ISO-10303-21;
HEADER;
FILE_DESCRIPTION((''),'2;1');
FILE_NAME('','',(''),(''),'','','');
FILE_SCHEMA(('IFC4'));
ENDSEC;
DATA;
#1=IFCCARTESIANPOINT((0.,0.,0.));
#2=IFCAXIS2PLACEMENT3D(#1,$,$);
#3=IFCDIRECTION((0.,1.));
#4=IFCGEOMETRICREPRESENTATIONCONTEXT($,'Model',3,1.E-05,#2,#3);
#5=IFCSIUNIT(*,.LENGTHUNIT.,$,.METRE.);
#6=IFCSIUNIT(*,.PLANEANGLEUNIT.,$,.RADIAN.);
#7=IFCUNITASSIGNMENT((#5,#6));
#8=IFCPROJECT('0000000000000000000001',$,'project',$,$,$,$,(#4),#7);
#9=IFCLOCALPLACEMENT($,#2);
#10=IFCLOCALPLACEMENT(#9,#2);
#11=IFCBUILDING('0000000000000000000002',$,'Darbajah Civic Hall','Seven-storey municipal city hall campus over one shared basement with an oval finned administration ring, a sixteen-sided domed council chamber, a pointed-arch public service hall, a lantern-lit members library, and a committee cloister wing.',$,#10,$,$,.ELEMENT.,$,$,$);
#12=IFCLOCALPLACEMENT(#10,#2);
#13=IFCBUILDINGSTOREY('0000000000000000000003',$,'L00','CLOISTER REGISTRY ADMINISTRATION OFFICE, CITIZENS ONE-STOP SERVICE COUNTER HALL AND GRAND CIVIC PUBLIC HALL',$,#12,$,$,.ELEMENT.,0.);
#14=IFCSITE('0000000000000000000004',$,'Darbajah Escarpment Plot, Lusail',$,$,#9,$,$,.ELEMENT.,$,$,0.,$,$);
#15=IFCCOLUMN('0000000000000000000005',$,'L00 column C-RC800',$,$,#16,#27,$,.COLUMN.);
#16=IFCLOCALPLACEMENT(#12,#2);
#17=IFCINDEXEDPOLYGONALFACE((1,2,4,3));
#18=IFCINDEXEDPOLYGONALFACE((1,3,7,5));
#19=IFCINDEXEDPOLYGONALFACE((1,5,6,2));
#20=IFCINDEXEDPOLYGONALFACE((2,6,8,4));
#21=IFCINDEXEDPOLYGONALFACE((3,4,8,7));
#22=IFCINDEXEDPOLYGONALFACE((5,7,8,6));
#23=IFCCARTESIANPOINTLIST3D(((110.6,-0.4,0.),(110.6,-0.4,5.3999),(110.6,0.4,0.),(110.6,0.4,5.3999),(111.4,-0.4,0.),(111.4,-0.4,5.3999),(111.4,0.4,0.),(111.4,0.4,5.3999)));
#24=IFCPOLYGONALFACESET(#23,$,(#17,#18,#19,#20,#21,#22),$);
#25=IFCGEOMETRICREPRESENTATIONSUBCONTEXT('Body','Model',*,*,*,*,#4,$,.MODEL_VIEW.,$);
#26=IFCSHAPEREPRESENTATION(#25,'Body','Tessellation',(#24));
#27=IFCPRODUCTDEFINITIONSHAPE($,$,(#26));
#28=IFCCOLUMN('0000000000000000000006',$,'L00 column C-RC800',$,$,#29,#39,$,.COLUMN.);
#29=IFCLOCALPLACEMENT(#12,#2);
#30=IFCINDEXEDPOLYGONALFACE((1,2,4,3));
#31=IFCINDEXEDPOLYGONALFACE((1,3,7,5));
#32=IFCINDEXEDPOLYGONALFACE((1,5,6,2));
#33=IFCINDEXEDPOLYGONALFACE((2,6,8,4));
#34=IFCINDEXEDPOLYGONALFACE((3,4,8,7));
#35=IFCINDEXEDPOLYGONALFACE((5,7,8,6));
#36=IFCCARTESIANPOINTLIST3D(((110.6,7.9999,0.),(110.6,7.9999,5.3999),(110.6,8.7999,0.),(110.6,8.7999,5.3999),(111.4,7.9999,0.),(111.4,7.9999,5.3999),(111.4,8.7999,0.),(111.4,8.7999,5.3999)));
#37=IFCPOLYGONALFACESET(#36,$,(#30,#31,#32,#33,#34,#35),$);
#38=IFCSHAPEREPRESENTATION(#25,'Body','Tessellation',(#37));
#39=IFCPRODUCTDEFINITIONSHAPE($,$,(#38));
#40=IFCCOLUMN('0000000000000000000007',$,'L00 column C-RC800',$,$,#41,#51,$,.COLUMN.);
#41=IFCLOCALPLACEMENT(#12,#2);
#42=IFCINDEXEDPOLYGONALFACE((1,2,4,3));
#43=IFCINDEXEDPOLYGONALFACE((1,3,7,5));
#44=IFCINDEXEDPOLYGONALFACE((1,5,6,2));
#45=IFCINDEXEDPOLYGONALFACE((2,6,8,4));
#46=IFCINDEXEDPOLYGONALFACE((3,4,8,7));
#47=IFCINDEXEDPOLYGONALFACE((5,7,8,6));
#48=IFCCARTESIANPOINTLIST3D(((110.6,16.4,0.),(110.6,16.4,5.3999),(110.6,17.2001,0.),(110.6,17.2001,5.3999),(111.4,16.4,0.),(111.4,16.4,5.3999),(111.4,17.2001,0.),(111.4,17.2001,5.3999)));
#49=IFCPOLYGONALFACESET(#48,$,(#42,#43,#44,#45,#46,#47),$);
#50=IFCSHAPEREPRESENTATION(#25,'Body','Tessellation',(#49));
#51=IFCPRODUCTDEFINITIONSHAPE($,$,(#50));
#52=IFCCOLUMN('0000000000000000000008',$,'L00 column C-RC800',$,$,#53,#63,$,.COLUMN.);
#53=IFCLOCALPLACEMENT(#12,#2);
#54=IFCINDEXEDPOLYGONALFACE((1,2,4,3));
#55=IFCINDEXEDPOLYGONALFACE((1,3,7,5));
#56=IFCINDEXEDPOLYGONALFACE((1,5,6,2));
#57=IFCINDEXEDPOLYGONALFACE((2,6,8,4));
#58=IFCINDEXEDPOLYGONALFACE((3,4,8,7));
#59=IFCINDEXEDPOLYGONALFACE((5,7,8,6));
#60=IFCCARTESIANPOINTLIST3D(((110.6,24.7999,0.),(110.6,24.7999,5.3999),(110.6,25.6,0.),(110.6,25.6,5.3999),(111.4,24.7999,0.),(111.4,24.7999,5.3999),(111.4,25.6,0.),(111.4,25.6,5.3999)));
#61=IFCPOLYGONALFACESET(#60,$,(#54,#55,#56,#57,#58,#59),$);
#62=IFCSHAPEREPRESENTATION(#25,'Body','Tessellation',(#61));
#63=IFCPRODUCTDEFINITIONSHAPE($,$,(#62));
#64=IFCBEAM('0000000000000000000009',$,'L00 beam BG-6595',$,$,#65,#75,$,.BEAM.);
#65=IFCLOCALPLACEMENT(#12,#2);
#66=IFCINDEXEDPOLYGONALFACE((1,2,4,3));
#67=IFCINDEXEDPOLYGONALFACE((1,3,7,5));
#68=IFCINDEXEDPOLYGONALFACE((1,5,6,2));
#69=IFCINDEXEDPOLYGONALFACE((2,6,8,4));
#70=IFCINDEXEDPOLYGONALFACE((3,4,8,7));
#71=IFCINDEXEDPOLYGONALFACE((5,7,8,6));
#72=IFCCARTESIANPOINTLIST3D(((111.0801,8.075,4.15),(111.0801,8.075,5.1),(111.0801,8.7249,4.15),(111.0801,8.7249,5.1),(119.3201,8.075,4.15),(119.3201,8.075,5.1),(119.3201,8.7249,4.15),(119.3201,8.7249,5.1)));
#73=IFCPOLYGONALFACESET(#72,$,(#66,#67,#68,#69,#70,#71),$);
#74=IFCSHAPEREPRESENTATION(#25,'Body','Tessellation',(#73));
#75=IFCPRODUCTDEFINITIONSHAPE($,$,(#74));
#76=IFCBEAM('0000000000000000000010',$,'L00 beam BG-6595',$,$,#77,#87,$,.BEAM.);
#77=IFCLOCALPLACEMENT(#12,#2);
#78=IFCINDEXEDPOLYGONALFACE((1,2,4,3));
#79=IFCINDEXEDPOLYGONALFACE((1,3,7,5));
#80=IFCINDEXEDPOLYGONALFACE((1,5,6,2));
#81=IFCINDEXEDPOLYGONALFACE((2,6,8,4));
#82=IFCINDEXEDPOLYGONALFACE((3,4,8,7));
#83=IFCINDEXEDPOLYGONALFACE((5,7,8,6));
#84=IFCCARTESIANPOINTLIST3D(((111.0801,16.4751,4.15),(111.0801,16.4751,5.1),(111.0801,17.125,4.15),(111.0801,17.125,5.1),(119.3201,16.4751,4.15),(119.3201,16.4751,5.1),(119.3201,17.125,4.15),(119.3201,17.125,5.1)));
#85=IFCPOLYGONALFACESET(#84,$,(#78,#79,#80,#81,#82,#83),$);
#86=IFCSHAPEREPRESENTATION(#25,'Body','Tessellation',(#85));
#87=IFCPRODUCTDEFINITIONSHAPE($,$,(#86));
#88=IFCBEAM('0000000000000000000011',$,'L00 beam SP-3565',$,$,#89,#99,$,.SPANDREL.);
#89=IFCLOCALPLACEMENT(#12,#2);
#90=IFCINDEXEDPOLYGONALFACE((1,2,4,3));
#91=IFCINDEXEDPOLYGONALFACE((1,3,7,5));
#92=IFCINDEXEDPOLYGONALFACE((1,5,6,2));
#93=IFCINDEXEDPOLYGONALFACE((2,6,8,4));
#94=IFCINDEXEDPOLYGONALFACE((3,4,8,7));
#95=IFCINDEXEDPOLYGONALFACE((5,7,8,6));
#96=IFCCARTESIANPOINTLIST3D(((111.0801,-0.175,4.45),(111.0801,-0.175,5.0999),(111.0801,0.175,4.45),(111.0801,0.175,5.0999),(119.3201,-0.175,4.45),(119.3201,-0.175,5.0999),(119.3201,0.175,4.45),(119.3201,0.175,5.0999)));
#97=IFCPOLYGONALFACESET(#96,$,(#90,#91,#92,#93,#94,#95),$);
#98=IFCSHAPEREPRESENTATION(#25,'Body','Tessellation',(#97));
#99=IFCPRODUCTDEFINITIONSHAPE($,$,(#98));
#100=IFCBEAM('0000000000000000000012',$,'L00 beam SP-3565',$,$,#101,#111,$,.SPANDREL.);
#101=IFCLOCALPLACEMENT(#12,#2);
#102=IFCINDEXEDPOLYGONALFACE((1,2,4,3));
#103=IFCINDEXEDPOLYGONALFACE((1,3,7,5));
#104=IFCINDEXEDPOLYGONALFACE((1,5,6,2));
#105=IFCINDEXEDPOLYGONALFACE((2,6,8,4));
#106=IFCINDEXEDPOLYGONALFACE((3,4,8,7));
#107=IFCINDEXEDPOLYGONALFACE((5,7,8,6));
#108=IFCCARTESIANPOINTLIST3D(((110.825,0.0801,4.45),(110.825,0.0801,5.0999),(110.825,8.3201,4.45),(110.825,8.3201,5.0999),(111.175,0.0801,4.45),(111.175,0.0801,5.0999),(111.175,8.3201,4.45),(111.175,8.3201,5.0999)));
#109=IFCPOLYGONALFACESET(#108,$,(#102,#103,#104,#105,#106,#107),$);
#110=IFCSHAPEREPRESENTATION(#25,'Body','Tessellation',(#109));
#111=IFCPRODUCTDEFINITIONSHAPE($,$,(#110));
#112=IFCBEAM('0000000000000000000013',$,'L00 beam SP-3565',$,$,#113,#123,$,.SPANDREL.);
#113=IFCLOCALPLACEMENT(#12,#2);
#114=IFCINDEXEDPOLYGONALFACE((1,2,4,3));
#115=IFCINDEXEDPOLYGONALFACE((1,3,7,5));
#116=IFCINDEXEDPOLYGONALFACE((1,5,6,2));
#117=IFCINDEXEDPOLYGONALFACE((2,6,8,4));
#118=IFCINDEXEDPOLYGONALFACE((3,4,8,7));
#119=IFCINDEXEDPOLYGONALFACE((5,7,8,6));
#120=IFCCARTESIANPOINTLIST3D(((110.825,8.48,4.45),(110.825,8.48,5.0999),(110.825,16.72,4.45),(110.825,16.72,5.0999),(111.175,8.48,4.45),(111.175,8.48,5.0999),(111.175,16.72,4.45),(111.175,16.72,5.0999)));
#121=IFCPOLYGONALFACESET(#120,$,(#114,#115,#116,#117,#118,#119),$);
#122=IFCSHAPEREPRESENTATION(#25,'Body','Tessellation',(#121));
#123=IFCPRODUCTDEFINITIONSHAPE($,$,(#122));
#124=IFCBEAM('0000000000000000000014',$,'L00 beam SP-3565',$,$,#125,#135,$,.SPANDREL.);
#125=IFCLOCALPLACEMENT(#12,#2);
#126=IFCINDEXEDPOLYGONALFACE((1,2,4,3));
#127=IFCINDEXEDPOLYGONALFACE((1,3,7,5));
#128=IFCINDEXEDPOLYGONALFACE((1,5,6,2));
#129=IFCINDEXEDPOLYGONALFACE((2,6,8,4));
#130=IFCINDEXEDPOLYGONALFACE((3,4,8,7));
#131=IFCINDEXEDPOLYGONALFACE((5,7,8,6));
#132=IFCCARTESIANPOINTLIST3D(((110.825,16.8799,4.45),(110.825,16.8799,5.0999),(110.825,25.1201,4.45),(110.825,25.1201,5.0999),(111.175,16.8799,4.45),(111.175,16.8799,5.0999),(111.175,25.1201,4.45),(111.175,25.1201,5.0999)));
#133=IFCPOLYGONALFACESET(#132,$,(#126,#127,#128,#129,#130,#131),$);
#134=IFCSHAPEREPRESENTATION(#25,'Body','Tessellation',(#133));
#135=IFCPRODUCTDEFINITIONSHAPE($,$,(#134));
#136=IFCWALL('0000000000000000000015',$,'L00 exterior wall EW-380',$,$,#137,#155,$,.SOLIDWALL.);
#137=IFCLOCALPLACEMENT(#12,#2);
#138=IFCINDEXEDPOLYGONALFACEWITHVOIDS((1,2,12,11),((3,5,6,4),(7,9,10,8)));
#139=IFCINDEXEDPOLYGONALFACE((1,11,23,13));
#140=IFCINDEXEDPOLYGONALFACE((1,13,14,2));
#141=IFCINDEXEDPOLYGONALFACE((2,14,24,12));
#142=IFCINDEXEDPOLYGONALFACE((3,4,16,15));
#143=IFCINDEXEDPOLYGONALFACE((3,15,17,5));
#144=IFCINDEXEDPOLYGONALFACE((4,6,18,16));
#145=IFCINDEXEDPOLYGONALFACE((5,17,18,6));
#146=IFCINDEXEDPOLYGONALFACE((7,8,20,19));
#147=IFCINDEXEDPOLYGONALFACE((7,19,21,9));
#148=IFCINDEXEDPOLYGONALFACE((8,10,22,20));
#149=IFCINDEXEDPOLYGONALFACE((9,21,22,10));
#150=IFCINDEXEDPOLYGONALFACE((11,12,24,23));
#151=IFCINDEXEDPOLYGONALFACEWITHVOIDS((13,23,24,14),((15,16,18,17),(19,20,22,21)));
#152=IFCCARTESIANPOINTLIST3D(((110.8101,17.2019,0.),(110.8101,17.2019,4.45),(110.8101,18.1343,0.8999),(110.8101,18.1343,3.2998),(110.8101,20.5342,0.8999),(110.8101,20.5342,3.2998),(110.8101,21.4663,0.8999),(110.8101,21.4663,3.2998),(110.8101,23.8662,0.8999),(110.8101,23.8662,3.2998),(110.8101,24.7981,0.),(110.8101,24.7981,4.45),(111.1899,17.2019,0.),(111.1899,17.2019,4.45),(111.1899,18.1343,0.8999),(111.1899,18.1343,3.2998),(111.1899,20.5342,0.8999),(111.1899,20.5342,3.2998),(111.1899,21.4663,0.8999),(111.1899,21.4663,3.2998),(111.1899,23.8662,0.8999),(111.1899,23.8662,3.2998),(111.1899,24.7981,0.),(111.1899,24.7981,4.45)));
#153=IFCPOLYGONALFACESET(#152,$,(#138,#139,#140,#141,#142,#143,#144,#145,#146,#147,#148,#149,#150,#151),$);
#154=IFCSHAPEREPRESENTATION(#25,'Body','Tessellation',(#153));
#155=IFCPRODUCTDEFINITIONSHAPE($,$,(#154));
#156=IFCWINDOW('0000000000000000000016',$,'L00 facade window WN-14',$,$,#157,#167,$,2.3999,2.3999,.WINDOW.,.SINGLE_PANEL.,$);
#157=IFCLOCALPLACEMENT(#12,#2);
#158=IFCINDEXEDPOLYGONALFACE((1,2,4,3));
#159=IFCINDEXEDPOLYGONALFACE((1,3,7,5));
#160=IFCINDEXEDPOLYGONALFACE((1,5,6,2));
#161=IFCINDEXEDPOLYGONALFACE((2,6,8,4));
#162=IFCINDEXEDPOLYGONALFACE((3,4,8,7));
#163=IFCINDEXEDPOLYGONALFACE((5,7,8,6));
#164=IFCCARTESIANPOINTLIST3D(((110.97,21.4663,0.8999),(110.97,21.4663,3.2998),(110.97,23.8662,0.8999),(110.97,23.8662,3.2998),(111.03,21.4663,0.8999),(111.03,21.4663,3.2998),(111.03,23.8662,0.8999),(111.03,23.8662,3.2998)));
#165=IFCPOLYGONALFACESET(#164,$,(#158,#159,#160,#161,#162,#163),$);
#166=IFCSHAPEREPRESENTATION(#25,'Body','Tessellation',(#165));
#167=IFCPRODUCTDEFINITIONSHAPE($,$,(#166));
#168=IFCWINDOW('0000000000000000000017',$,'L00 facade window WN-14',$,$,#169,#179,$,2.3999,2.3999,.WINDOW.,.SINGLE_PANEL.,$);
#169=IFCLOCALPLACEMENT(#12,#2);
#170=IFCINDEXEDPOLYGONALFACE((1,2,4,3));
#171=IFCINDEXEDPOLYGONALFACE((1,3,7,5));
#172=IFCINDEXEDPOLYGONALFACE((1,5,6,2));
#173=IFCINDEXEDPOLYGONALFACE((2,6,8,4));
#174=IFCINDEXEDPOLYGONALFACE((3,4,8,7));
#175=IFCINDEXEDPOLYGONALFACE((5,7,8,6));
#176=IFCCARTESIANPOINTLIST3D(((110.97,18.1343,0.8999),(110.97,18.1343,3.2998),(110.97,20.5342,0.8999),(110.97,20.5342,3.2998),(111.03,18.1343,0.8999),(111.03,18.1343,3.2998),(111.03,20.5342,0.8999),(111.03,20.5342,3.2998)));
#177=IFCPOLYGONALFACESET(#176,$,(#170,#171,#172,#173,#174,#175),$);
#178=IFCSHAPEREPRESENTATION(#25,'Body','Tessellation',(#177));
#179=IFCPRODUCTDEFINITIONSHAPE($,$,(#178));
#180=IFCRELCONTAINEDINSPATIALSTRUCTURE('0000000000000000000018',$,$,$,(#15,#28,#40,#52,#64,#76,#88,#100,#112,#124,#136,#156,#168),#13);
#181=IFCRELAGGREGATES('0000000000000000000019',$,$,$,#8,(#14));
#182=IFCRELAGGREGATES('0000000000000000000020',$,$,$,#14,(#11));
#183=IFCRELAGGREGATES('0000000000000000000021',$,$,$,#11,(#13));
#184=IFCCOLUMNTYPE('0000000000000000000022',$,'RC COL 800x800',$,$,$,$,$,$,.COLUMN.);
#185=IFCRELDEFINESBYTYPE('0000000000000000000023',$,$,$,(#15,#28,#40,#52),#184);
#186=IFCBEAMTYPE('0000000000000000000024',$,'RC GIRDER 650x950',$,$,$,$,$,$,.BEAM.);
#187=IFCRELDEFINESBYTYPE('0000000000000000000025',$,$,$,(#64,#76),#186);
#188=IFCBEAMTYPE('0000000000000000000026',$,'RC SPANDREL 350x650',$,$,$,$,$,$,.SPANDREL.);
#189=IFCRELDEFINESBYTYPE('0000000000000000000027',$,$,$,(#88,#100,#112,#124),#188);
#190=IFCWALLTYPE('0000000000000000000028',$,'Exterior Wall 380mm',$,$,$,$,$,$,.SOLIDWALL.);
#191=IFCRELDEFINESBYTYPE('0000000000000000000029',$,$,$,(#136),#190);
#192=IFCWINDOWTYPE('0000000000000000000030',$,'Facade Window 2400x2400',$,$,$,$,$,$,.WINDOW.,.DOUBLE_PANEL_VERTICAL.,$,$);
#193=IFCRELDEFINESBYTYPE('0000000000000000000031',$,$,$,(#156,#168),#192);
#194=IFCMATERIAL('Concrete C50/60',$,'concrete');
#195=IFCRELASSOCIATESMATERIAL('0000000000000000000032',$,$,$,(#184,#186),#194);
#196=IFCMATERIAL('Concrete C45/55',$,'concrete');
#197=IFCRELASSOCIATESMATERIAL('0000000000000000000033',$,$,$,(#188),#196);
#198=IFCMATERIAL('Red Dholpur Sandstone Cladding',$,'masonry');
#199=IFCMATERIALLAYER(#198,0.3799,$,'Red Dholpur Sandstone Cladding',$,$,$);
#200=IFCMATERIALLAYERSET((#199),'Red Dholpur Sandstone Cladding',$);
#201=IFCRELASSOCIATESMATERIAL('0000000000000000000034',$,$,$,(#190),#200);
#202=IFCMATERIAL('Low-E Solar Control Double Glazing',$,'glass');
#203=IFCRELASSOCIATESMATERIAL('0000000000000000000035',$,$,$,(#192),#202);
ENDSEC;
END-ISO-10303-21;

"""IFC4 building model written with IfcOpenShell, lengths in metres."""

from ifc_helpers import new_model, si_unit, direction, frame, frame_2d, origin, origin_2d, place, context, subcontext, project, spatial, rectangle, extrude, material, layer, layer_set, material_profile, profile_set, type_object, element, fill, save


model = new_model("IFC4")

# Units and contexts
model_context = context("Model", 3, precision=1e-05, world=origin(), true_north=direction((0.0, 1.0)))
body_context = subcontext(model_context, "Body", "Model", "MODEL_VIEW")
ifc_project = project(units=[si_unit("LENGTHUNIT", "METRE"), si_unit("PLANEANGLEUNIT", "RADIAN")], contexts=[model_context])

# Site, building, storey
site_placement = place(None, origin())
site = spatial("IfcSite", under=ifc_project, at=site_placement, Name="Darbajah Escarpment Plot, Lusail", CompositionType="ELEMENT", RefElevation=0.0)
building_placement = place(site_placement, origin())
building = spatial("IfcBuilding", under=site, at=building_placement, Name="Darbajah Civic Hall", Description="Seven-storey municipal city hall campus over one shared basement with an oval finned administration ring, a sixteen-sided domed council chamber, a pointed-arch public service hall, a lantern-lit members library, and a committee cloister wing.", CompositionType="ELEMENT")
storey_placement = place(building_placement, origin())
storey = spatial("IfcBuildingStorey", under=building, at=storey_placement, Name="L00", Description="CLOISTER REGISTRY ADMINISTRATION OFFICE, CITIZENS ONE-STOP SERVICE COUNTER HALL AND GRAND CIVIC PUBLIC HALL", CompositionType="ELEMENT", Elevation=0.0)

# Columns
ifc_material_1 = material(Name="Concrete C50/60", Category="concrete")
ifc_material_profile_1 = material_profile(ifc_material_1, rectangle(XDim=0.8, YDim=0.8, at=origin_2d()), Name="RC COL 800x800")
ifc_profile_set_1 = profile_set([ifc_material_profile_1], Name="Concrete C50/60")
column_type = type_object("IfcColumnType", Name="RC COL 800x800", PredefinedType="COLUMN", material=ifc_profile_set_1)
for number, where, z_axis, x_axis, name in (
    (1, (111.0, 0.0, 0.0), (0.0, 0.0, 1.0), (1.0, 0.0, 0.0), "L00 column C-RC800"),
    (2, (111.0, 8.3999, 0.0), (0.0, 0.0, 1.0), (1.0, 0.0, 0.0), "L00 column C-RC800"),
    (3, (111.0, 16.8, 0.0), (0.0, 0.0, 1.0), (1.0, 0.0, 0.0), "L00 column C-RC800"),
    (4, (111.0, 25.2, 0.0), (0.0, 0.0, 1.0), (1.0, 0.0, 0.0), "L00 column C-RC800"),
):
    element("IfcColumn", number, at=place(storey_placement, frame(where, z_axis=z_axis, x_axis=x_axis)), inside=storey, type_object=column_type, Name=name, PredefinedType="COLUMN", context=body_context, shape_type="SweptSolid", body=[
        extrude(rectangle(XDim=0.8, YDim=0.8, at=origin_2d()), origin(), (0.0, 0.0, 1.0), 5.3999),
    ])

# Beams
ifc_material_profile_2 = material_profile(ifc_material_1, rectangle(XDim=0.6499, YDim=0.95, at=origin_2d()), Name="RC GIRDER 650x950")
ifc_profile_set_2 = profile_set([ifc_material_profile_2], Name="Concrete C50/60")
beam_type_1 = type_object("IfcBeamType", Name="RC GIRDER 650x950", PredefinedType="BEAM", material=ifc_profile_set_2)
for number, where, z_axis, x_axis, name in (
    (5, (111.0801, 8.3999, 4.625), (1.0, 0.0, 0.0), (0.0, 1.0, 0.0), "L00 beam BG-6595"),
    (6, (111.0801, 16.8, 4.625), (1.0, 0.0, 0.0), (0.0, 1.0, 0.0), "L00 beam BG-6595"),
):
    element("IfcBeam", number, at=place(storey_placement, frame(where, z_axis=z_axis, x_axis=x_axis)), inside=storey, type_object=beam_type_1, Name=name, PredefinedType="BEAM", context=body_context, shape_type="SweptSolid", body=[
        extrude(rectangle(XDim=0.6499, YDim=0.95, at=origin_2d()), origin(), (0.0, 0.0, 1.0), 8.24),
    ])
ifc_material_2 = material(Name="Concrete C45/55", Category="concrete")
ifc_material_profile_3 = material_profile(ifc_material_2, rectangle(XDim=0.3501, YDim=0.6499, at=origin_2d()), Name="RC SPANDREL 350x650")
ifc_profile_set_3 = profile_set([ifc_material_profile_3], Name="Concrete C45/55")
beam_type_2 = type_object("IfcBeamType", Name="RC SPANDREL 350x650", PredefinedType="SPANDREL", material=ifc_profile_set_3)
for number, where, z_axis, x_axis, name in (
    (7, (111.0801, 0.0, 4.7749), (1.0, 0.0, 0.0), (0.0, 1.0, 0.0), "L00 beam SP-3565"),
    (8, (111.0, 0.0801, 4.7749), (0.0, 1.0, 0.0), (-1.0, 0.0, 0.0), "L00 beam SP-3565"),
    (9, (111.0, 8.48, 4.7749), (0.0, 1.0, 0.0), (-1.0, 0.0, 0.0), "L00 beam SP-3565"),
):
    element("IfcBeam", number, at=place(storey_placement, frame(where, z_axis=z_axis, x_axis=x_axis)), inside=storey, type_object=beam_type_2, Name=name, PredefinedType="SPANDREL", context=body_context, shape_type="SweptSolid", body=[
        extrude(rectangle(XDim=0.3501, YDim=0.6499, at=origin_2d()), origin(), (0.0, 0.0, 1.0), 8.24),
    ])
beam_placement = place(storey_placement, frame((111.0, 16.8799, 4.7749), z_axis=(0.0, 1.0, 0.0), x_axis=(-1.0, 0.0, 0.0)))
element("IfcBeam", 10, at=beam_placement, inside=storey, type_object=beam_type_2, Name="L00 beam SP-3565", PredefinedType="SPANDREL", context=body_context, shape_type="SweptSolid", body=[
    extrude(rectangle(XDim=0.3501, YDim=0.6499, at=origin_2d()), origin(), (0.0, 0.0, 1.0), 8.2402),
])

# Wall, openings, windows
ifc_material_3 = material(Name="Red Dholpur Sandstone Cladding", Category="masonry")
ifc_layer_1 = layer(ifc_material_3, 0.3799, Name="Red Dholpur Sandstone Cladding")
ifc_layer_set_1 = layer_set([ifc_layer_1], Name="Red Dholpur Sandstone Cladding")
wall_type = type_object("IfcWallType", Name="Exterior Wall 380mm", PredefinedType="SOLIDWALL", material=ifc_layer_set_1)
wall_1_placement = place(storey_placement, frame((111.0, 24.7981, 0.0), z_axis=(0.0, 0.0, 1.0), x_axis=(0.0, -1.0, 0.0)))
wall_1 = element("IfcWall", 11, at=wall_1_placement, inside=storey, type_object=wall_type, Name="L00 exterior wall EW-380", PredefinedType="SOLIDWALL", context=body_context, shape_type="SweptSolid", body=[
    extrude(rectangle(XDim=7.5962, YDim=0.3799, at=frame_2d((3.7981, 0.0))), origin(), (0.0, 0.0, 1.0), 4.45),
])
opening_1_placement = place(wall_1_placement, frame((0.9319, 0.0, 0.8999)))
opening_1 = element("IfcOpeningElement", 12, at=opening_1_placement, cuts=wall_1, PredefinedType="OPENING", context=body_context, shape_type="SweptSolid", body=[
    extrude(rectangle(XDim=2.3999, YDim=2.3999, at=frame_2d((1.2, 1.2))), frame((0.0, 0.2, 0.0), z_axis=(0.0, -1.0, 0.0), x_axis=(1.0, 0.0, 0.0)), (0.0, 0.0, 1.0), 0.3999),
])
opening_2_placement = place(wall_1_placement, frame((4.2639, 0.0, 0.8999)))
opening_2 = element("IfcOpeningElement", 13, at=opening_2_placement, cuts=wall_1, PredefinedType="OPENING", context=body_context, shape_type="SweptSolid", body=[
    extrude(rectangle(XDim=2.3999, YDim=2.3999, at=frame_2d((1.2, 1.2))), frame((0.0, 0.2, 0.0), z_axis=(0.0, -1.0, 0.0), x_axis=(1.0, 0.0, 0.0)), (0.0, 0.0, 1.0), 0.3999),
])
ifc_material_4 = material(Name="Low-E Solar Control Double Glazing", Category="glass")
window_type_1 = type_object("IfcWindowType", Name="Facade Window 2400x2400", PartitioningType="DOUBLE_PANEL_VERTICAL", PredefinedType="WINDOW", material=ifc_material_4)
window_1_placement = place(opening_1_placement, origin())
window_1 = element("IfcWindow", 14, at=window_1_placement, inside=storey, type_object=window_type_1, Name="L00 facade window WN-14", OverallHeight=2.3999, OverallWidth=2.3999, PartitioningType="SINGLE_PANEL", PredefinedType="WINDOW", context=body_context, shape_type="SweptSolid", body=[
    extrude(rectangle(XDim=2.3999, YDim=2.3999, at=frame_2d((1.2, 1.2))), frame((0.0, 0.03, 0.0), z_axis=(0.0, -1.0, 0.0), x_axis=(1.0, 0.0, 0.0)), (0.0, 0.0, 1.0), 0.0601),
])
fill(opening_1, window_1)
window_2_placement = place(opening_2_placement, origin())
window_2 = element("IfcWindow", 15, at=window_2_placement, inside=storey, type_object=window_type_1, Name="L00 facade window WN-14", OverallHeight=2.3999, OverallWidth=2.3999, PartitioningType="SINGLE_PANEL", PredefinedType="WINDOW", context=body_context, shape_type="SweptSolid", body=[
    extrude(rectangle(XDim=2.3999, YDim=2.3999, at=frame_2d((1.2, 1.2))), frame((0.0, 0.03, 0.0), z_axis=(0.0, -1.0, 0.0), x_axis=(1.0, 0.0, 0.0)), (0.0, 0.0, 1.0), 0.0601),
])
fill(opening_2, window_2)

save(model, "model.ifc")
